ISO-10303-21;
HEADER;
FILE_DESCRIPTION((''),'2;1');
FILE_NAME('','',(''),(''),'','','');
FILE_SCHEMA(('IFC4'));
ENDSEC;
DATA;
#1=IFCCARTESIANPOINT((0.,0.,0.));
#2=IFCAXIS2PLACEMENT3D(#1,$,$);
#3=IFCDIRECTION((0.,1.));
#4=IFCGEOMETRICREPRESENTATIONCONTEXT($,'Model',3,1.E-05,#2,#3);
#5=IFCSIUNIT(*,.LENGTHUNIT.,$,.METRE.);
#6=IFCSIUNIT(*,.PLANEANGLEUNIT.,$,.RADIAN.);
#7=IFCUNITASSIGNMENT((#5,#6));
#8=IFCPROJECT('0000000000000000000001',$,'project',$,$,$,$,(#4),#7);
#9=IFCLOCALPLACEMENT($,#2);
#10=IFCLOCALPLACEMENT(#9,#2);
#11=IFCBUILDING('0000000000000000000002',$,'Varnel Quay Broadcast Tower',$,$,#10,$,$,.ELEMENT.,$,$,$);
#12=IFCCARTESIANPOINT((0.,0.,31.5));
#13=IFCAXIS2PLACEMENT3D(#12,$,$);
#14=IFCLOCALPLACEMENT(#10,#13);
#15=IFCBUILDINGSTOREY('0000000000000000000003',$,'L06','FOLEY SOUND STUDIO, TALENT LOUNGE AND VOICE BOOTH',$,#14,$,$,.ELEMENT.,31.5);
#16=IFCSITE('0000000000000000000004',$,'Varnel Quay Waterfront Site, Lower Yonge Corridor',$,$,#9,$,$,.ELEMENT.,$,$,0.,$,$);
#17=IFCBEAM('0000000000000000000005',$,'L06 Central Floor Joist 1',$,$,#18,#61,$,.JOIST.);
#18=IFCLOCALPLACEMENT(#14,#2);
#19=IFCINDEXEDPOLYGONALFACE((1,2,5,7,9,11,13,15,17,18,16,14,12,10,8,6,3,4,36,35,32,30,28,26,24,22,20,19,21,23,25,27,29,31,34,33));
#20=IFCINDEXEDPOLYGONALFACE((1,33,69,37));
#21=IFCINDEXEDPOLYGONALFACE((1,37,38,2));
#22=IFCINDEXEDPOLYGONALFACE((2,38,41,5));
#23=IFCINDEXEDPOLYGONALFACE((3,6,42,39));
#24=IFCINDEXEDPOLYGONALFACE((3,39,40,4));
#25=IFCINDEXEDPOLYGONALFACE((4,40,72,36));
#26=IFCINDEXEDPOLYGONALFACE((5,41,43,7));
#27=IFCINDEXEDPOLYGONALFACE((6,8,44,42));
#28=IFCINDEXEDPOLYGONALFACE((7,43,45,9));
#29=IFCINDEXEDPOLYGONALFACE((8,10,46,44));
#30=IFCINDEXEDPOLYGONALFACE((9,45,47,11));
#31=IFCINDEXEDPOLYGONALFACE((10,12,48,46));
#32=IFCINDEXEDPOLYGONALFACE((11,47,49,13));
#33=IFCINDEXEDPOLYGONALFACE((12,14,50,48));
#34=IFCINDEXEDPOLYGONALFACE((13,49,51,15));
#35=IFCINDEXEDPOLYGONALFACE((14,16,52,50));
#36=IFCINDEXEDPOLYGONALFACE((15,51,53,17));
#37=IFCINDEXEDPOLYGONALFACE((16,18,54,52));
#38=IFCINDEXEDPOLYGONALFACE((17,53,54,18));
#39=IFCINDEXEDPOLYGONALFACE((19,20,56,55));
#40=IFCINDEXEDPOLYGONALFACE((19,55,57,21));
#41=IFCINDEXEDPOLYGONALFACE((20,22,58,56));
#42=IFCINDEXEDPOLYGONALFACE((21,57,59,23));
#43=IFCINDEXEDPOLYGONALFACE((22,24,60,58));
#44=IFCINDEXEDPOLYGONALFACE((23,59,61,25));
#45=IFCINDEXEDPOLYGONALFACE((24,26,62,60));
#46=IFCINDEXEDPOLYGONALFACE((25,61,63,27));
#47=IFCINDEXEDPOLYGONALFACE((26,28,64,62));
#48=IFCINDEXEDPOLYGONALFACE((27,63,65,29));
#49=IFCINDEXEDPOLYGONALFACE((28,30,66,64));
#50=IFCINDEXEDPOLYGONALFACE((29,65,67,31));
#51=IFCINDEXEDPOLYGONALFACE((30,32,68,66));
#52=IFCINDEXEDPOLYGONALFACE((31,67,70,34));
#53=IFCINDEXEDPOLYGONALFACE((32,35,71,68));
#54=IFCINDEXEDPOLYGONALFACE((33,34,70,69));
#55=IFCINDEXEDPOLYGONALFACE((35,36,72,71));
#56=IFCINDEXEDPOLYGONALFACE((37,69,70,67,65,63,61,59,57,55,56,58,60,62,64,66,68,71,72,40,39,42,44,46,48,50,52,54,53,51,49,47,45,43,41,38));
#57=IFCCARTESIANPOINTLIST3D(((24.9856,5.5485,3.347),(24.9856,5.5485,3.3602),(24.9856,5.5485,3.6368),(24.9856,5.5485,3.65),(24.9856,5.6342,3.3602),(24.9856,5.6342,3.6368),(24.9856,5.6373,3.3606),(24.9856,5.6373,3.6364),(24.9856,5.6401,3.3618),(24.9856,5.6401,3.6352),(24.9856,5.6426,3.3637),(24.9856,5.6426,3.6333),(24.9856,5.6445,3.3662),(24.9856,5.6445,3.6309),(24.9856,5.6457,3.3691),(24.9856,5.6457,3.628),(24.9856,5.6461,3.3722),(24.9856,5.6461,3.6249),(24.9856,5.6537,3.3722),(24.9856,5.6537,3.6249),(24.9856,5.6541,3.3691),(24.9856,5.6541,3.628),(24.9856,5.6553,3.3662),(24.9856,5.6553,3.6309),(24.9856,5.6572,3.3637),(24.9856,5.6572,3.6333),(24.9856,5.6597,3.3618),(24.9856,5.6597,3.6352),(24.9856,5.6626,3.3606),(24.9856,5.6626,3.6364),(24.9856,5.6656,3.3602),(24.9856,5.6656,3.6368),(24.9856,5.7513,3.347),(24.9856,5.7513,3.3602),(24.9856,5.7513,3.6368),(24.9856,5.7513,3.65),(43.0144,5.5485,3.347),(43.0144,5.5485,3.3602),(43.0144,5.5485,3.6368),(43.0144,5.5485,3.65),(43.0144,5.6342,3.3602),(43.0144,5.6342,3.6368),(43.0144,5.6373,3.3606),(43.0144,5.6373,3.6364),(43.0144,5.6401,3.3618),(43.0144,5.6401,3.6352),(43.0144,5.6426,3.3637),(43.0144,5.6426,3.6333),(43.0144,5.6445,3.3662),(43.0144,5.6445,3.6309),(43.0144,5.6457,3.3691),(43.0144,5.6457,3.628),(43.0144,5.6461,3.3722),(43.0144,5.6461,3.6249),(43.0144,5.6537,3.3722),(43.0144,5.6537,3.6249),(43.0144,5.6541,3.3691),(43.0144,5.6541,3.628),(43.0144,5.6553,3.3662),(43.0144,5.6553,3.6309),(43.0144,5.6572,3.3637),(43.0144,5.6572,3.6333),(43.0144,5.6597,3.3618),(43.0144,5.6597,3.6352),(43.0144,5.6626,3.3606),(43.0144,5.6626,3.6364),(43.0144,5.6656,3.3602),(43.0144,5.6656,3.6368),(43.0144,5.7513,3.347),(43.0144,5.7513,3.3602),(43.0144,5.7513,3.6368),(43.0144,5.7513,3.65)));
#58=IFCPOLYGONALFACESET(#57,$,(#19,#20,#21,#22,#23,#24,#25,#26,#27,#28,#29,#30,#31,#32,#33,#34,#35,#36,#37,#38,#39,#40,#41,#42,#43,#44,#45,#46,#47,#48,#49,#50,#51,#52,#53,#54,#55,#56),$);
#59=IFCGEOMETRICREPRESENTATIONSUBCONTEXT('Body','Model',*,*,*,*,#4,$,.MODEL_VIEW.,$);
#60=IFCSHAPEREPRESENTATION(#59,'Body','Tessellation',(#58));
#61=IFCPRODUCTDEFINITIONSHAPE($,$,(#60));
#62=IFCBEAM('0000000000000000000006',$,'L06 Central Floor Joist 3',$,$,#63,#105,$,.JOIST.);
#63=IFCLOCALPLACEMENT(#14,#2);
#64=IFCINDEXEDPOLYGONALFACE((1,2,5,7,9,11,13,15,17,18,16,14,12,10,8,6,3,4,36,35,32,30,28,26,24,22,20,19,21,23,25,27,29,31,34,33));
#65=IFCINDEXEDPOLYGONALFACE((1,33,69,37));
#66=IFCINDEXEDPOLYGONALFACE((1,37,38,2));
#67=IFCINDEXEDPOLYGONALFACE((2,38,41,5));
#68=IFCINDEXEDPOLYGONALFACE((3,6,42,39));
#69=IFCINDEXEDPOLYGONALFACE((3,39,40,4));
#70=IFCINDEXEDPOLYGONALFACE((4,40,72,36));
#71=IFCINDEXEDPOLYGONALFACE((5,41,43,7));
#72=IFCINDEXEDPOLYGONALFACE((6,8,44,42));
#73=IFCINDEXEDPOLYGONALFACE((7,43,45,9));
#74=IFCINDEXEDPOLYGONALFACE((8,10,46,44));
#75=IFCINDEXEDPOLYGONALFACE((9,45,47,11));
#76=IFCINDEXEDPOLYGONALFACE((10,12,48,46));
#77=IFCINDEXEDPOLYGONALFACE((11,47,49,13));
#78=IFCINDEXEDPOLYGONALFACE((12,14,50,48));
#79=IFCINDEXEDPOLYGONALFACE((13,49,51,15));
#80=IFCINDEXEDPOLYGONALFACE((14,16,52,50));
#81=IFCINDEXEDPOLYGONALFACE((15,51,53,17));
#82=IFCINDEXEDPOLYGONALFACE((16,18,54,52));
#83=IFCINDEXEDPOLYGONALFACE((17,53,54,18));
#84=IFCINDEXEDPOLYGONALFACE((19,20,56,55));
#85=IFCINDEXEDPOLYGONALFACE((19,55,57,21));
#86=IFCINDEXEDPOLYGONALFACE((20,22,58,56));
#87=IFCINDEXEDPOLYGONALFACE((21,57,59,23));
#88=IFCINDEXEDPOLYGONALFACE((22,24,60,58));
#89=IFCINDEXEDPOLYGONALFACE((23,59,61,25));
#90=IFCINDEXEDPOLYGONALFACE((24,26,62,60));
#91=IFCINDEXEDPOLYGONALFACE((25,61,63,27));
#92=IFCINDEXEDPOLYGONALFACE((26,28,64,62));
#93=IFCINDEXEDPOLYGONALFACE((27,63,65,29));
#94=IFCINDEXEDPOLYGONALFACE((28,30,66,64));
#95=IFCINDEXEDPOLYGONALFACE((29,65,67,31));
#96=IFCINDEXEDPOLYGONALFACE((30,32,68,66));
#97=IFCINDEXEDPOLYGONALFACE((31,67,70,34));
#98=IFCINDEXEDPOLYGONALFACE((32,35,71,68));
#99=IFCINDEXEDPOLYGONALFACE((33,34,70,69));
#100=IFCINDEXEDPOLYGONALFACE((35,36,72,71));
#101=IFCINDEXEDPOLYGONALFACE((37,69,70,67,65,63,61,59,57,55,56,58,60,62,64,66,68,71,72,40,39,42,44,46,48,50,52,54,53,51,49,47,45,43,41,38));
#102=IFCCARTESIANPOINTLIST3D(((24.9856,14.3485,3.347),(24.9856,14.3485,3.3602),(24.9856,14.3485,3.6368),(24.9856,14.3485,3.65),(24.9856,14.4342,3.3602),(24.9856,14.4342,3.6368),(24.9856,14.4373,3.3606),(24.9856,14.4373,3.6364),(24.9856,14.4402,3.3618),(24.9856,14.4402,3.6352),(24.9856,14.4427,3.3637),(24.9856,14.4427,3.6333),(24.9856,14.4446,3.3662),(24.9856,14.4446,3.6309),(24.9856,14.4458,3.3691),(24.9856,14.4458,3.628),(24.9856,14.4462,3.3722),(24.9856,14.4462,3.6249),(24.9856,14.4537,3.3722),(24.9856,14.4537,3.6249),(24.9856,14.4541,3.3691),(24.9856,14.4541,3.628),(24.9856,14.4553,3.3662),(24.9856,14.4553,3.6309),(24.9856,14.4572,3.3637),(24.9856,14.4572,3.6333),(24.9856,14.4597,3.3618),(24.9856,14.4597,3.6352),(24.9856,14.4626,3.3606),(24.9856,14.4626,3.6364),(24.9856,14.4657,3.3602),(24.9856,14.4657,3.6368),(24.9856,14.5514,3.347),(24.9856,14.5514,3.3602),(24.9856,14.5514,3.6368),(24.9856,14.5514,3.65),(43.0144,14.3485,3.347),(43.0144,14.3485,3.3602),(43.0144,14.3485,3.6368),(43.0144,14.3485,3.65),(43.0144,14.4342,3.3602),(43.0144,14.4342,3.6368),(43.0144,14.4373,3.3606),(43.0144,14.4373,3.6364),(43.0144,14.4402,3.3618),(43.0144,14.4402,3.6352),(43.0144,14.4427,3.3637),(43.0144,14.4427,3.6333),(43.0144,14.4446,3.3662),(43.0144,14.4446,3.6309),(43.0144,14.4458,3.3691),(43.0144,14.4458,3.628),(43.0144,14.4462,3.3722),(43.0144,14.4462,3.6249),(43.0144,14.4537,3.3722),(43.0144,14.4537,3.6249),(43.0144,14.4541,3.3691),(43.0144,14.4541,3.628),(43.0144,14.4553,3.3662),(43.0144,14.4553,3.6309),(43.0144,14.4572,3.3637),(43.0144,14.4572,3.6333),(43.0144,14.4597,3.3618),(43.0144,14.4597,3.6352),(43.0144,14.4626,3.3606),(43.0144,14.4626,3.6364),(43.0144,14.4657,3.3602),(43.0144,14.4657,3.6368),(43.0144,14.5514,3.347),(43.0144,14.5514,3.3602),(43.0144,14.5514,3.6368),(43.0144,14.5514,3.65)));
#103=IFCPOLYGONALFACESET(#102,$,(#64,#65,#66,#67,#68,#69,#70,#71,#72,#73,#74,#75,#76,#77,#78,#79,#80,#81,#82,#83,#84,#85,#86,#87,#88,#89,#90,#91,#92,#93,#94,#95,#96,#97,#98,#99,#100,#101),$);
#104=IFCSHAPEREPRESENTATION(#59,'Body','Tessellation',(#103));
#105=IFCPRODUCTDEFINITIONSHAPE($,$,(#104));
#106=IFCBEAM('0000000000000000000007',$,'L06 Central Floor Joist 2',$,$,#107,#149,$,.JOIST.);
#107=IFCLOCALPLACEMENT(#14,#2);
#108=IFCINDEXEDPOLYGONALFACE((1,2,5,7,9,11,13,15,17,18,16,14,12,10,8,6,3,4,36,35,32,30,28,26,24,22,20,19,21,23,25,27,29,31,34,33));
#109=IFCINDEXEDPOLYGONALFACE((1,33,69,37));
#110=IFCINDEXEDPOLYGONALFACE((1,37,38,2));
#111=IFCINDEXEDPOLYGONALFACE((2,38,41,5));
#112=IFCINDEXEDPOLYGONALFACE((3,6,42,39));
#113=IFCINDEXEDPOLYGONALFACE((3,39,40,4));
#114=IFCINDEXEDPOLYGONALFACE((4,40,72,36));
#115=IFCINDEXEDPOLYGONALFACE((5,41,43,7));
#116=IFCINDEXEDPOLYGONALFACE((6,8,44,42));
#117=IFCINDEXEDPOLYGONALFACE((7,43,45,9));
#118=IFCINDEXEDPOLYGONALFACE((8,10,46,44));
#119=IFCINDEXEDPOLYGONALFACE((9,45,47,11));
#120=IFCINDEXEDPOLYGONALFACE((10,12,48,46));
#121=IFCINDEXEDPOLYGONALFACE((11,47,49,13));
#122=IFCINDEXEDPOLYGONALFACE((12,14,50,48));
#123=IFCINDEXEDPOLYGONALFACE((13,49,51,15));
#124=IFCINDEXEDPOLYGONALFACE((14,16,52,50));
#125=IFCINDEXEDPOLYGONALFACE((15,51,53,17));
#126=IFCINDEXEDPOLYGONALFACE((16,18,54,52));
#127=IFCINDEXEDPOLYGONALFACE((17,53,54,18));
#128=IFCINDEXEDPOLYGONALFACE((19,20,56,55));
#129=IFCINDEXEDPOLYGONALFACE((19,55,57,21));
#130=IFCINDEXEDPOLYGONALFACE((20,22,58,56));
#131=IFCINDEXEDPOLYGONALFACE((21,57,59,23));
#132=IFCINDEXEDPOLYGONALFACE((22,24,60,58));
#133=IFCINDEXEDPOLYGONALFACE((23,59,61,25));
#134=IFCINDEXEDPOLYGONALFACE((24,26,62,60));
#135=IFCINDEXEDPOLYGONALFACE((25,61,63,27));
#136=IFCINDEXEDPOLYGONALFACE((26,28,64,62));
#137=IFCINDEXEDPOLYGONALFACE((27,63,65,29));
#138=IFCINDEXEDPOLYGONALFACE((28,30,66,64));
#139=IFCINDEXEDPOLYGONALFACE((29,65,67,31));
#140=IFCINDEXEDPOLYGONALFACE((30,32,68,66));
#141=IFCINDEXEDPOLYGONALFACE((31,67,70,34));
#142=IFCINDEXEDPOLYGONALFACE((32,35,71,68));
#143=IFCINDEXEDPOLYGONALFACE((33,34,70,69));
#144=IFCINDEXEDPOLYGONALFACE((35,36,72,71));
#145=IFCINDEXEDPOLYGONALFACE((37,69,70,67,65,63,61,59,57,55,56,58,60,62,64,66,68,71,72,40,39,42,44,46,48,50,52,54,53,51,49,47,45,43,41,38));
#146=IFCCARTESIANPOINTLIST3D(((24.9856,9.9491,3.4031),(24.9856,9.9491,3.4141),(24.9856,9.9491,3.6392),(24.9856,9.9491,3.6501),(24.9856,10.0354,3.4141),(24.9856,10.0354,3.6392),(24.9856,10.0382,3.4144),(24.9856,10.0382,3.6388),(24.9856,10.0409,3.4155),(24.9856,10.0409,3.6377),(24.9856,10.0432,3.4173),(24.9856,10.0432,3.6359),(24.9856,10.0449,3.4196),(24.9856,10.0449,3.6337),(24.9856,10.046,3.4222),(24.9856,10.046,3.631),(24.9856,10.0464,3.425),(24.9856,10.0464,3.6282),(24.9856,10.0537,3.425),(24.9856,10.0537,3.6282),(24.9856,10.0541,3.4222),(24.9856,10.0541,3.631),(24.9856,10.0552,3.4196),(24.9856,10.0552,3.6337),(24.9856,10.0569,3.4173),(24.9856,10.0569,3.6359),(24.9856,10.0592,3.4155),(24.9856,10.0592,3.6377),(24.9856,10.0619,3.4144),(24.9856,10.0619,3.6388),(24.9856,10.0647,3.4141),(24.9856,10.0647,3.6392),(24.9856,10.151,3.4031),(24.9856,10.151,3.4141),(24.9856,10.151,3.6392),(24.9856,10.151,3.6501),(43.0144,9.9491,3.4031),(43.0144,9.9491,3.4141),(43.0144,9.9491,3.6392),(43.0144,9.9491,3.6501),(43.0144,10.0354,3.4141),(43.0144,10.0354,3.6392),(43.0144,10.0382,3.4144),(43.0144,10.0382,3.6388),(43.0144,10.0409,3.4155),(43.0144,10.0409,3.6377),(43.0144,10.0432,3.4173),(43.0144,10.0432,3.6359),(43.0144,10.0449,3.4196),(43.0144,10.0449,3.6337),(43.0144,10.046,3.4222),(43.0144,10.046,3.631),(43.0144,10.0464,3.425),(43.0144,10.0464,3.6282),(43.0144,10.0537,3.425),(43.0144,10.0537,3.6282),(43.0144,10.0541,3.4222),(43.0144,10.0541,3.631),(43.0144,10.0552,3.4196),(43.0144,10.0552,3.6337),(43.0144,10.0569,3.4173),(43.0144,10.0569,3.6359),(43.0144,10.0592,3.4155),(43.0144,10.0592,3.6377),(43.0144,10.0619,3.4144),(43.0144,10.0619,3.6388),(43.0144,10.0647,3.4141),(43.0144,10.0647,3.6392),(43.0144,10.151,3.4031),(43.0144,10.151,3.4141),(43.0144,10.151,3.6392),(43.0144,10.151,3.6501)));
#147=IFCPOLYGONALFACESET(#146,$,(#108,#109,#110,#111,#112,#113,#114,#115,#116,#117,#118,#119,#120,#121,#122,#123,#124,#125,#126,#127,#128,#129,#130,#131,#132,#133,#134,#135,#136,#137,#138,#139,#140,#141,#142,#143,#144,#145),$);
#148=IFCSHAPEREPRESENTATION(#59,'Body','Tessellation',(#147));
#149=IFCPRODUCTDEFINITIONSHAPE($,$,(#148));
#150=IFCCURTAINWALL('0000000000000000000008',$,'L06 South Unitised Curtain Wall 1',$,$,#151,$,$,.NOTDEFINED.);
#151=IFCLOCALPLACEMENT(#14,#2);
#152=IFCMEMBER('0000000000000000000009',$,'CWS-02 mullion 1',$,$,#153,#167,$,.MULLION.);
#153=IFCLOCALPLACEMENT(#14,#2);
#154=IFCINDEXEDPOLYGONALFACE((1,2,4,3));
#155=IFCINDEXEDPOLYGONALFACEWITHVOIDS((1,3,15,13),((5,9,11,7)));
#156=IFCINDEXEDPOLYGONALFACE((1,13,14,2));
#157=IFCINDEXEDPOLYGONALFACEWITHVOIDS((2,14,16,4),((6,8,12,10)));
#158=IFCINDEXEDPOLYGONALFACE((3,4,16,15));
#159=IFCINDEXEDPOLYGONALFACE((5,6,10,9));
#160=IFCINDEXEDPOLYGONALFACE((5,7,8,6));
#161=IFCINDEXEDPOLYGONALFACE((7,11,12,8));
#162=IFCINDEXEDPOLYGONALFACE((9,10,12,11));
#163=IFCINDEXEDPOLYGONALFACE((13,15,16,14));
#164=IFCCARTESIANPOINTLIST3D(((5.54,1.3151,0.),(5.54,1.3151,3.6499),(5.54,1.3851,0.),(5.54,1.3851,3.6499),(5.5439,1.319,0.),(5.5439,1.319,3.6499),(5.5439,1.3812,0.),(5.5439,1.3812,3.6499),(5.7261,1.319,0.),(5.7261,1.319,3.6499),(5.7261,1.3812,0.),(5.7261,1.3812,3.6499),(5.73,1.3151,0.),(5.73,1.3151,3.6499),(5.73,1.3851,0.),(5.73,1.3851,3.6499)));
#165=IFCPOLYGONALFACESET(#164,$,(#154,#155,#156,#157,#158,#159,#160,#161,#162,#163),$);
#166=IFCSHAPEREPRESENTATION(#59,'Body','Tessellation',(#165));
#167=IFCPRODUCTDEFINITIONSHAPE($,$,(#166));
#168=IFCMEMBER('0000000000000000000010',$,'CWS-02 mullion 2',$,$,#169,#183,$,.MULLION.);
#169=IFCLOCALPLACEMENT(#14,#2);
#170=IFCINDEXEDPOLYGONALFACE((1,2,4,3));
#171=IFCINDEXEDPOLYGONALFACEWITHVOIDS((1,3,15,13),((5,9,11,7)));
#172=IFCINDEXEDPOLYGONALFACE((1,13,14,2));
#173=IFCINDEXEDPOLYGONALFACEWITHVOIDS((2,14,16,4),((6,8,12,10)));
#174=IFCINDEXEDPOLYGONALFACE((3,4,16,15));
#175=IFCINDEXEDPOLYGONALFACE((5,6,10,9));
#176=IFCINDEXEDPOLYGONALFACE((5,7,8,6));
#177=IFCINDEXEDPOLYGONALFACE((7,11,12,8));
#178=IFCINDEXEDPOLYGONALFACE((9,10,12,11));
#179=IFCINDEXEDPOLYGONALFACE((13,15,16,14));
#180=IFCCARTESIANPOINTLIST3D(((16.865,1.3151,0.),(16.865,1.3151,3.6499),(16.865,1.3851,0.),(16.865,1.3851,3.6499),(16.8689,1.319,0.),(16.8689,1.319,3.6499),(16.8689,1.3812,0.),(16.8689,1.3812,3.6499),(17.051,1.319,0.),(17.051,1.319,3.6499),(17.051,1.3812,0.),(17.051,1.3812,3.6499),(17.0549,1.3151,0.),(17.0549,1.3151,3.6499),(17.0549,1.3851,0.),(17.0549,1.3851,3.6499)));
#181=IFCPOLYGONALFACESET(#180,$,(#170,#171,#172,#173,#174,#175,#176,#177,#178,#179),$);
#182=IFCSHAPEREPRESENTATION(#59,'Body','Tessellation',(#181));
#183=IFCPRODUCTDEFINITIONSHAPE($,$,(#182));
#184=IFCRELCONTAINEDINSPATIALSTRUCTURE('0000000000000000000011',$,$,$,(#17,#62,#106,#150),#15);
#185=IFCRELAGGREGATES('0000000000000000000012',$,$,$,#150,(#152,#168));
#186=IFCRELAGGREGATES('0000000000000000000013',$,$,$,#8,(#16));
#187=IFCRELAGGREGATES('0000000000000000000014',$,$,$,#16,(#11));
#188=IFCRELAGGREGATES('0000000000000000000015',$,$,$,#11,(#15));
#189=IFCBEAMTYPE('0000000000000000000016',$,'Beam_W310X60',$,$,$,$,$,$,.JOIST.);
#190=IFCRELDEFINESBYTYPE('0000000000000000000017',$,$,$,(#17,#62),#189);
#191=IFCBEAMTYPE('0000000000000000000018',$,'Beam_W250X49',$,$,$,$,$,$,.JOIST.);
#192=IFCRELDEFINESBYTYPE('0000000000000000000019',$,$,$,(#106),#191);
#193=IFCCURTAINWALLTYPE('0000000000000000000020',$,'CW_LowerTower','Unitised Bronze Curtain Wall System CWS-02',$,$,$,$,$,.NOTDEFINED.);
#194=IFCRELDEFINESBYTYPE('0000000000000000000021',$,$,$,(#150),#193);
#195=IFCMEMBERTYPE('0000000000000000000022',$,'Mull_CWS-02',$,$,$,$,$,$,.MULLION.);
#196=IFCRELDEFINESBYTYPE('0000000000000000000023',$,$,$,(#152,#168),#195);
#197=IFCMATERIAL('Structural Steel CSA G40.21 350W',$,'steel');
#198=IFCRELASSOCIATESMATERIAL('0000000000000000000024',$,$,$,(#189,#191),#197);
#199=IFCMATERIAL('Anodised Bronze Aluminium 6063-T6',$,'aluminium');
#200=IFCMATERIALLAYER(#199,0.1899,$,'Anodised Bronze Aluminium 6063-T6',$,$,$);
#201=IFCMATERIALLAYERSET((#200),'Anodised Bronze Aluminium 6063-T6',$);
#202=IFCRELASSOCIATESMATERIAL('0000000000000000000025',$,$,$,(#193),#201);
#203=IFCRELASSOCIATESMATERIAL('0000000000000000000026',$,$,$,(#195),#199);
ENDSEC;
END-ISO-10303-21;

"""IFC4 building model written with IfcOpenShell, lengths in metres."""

from ifc_helpers import new_model, si_unit, direction, frame, origin, origin_2d, place, context, subcontext, project, spatial, hollow_rectangle, i_section, extrude, source, transform, mapped, material, layer, layer_set, material_profile, profile_set, type_object, type_shapes, element, aggregate, save


model = new_model("IFC4")

# Units and contexts
model_context = context("Model", 3, precision=1e-05, world=origin(), true_north=direction((0.0, 1.0)))
body_context = subcontext(model_context, "Body", "Model", "MODEL_VIEW")
ifc_project = project(units=[si_unit("LENGTHUNIT", "METRE"), si_unit("PLANEANGLEUNIT", "RADIAN")], contexts=[model_context])

# Site, building, storey
site_placement = place(None, origin())
site = spatial("IfcSite", under=ifc_project, at=site_placement, Name="Varnel Quay Waterfront Site, Lower Yonge Corridor", CompositionType="ELEMENT", RefElevation=0.0)
building_placement = place(site_placement, origin())
building = spatial("IfcBuilding", under=site, at=building_placement, Name="Varnel Quay Broadcast Tower", CompositionType="ELEMENT")
storey_placement = place(building_placement, frame((0.0, 0.0, 31.5)))
storey = spatial("IfcBuildingStorey", under=building, at=storey_placement, Name="L06", Description="FOLEY SOUND STUDIO, TALENT LOUNGE AND VOICE BOOTH", CompositionType="ELEMENT", Elevation=31.5)

# Shared definitions
ifc_material_1 = material(Name="Structural Steel CSA G40.21 350W", Category="steel")

# Beams
ifc_material_profile_1 = material_profile(ifc_material_1, i_section(OverallWidth=0.2029, OverallDepth=0.303, WebThickness=0.0076, FlangeThickness=0.0132, FilletRadius=0.012, at=origin_2d()), Name="W310X60")
ifc_profile_set_1 = profile_set([ifc_material_profile_1], Name="Structural Steel CSA G40.21 350W")
beam_type_1 = type_object("IfcBeamType", Name="Beam_W310X60", PredefinedType="JOIST", material=ifc_profile_set_1)
shared_shape_1 = source(origin(), body_context, "Body", "SweptSolid", [
    extrude(i_section(OverallWidth=0.2029, OverallDepth=0.303, WebThickness=0.0076, FlangeThickness=0.0132, FilletRadius=0.012, at=origin_2d()), origin(), (0.0, 0.0, 1.0), 18.0288),
])
type_shapes(beam_type_1, [shared_shape_1])
for number, where, z_axis, x_axis, name in (
    (1, (24.9856, 5.6499, 3.4985), (1.0, 0.0, 0.0), (0.0, 1.0, 0.0), "L06 Central Floor Joist 1"),
    (2, (24.9856, 14.45, 3.4985), (1.0, 0.0, 0.0), (0.0, 1.0, 0.0), "L06 Central Floor Joist 3"),
):
    element("IfcBeam", number, at=place(storey_placement, frame(where, z_axis=z_axis, x_axis=x_axis)), inside=storey, type_object=beam_type_1, Name=name, PredefinedType="JOIST", context=body_context, shape_type="MappedRepresentation", body=[
        mapped(shared_shape_1, transform((0.0, 0.0, 0.0), x_axis=(1.0, 0.0, 0.0), y_axis=(0.0, 1.0, 0.0), z_axis=(0.0, 0.0, 1.0), scale=1.0)),
    ])
ifc_material_profile_2 = material_profile(ifc_material_1, i_section(OverallWidth=0.2019, OverallDepth=0.2471, WebThickness=0.0073, FlangeThickness=0.011, FilletRadius=0.011, at=origin_2d()), Name="W250X49")
ifc_profile_set_2 = profile_set([ifc_material_profile_2], Name="Structural Steel CSA G40.21 350W")
beam_type_2 = type_object("IfcBeamType", Name="Beam_W250X49", PredefinedType="JOIST", material=ifc_profile_set_2)
shared_shape_2 = source(origin(), body_context, "Body", "SweptSolid", [
    extrude(i_section(OverallWidth=0.2019, OverallDepth=0.2471, WebThickness=0.0073, FlangeThickness=0.011, FilletRadius=0.011, at=origin_2d()), origin(), (0.0, 0.0, 1.0), 18.0288),
])
type_shapes(beam_type_2, [shared_shape_2])
beam_1_placement = place(storey_placement, frame((24.9856, 10.05, 3.5266), z_axis=(1.0, 0.0, 0.0), x_axis=(0.0, 1.0, 0.0)))
element("IfcBeam", 3, at=beam_1_placement, inside=storey, type_object=beam_type_2, Name="L06 Central Floor Joist 2", PredefinedType="JOIST", context=body_context, shape_type="MappedRepresentation", body=[
    mapped(shared_shape_2, transform((0.0, 0.0, 0.0), x_axis=(1.0, 0.0, 0.0), y_axis=(0.0, 1.0, 0.0), z_axis=(0.0, 0.0, 1.0), scale=1.0)),
])

# Curtain wall, members
ifc_material_2 = material(Name="Anodised Bronze Aluminium 6063-T6", Category="aluminium")
ifc_layer_1 = layer(ifc_material_2, 0.1899, Name="Anodised Bronze Aluminium 6063-T6")
ifc_layer_set_1 = layer_set([ifc_layer_1], Name="Anodised Bronze Aluminium 6063-T6")
curtain_wall_type_1 = type_object("IfcCurtainWallType", Name="CW_LowerTower", Description="Unitised Bronze Curtain Wall System CWS-02", PredefinedType="NOTDEFINED", material=ifc_layer_set_1)
curtain_wall_1_placement = place(storey_placement, origin())
curtain_wall_1 = element("IfcCurtainWall", 4, at=curtain_wall_1_placement, inside=storey, type_object=curtain_wall_type_1, Name="L06 South Unitised Curtain Wall 1", PredefinedType="NOTDEFINED")
ifc_material_profile_3 = material_profile(ifc_material_2, hollow_rectangle(XDim=0.0701, YDim=0.1899, WallThickness=0.0039, at=origin_2d()), Name="ALU70X190X4")
ifc_profile_set_3 = profile_set([ifc_material_profile_3], Name="Anodised Bronze Aluminium 6063-T6")
member_type_1 = type_object("IfcMemberType", Name="Mull_CWS-02", PredefinedType="MULLION", material=ifc_profile_set_3)
shared_shape_3 = source(origin(), body_context, "Body", "SweptSolid", [
    extrude(hollow_rectangle(XDim=0.0701, YDim=0.1899, WallThickness=0.0039, at=origin_2d()), origin(), (0.0, 0.0, 1.0), 3.6499),
])
type_shapes(member_type_1, [shared_shape_3])
member_1_placement = place(storey_placement, frame((5.635, 1.3501, 0.0), z_axis=(0.0, 0.0, 1.0), x_axis=(0.0, 1.0, 0.0)))
member_1 = element("IfcMember", 5, at=member_1_placement, type_object=member_type_1, Name="CWS-02 mullion 1", PredefinedType="MULLION", context=body_context, shape_type="MappedRepresentation", body=[
    mapped(shared_shape_3, transform((0.0, 0.0, 0.0), x_axis=(1.0, 0.0, 0.0), y_axis=(0.0, 1.0, 0.0), z_axis=(0.0, 0.0, 1.0), scale=1.0)),
])
member_2_placement = place(storey_placement, frame((16.96, 1.3501, 0.0), z_axis=(0.0, 0.0, 1.0), x_axis=(0.0, 1.0, 0.0)))
member_2 = element("IfcMember", 6, at=member_2_placement, type_object=member_type_1, Name="CWS-02 mullion 2", PredefinedType="MULLION", context=body_context, shape_type="MappedRepresentation", body=[
    mapped(shared_shape_3, transform((0.0, 0.0, 0.0), x_axis=(1.0, 0.0, 0.0), y_axis=(0.0, 1.0, 0.0), z_axis=(0.0, 0.0, 1.0), scale=1.0)),
])

aggregate(curtain_wall_1, [member_1, member_2])

save(model, "model.ifc")
